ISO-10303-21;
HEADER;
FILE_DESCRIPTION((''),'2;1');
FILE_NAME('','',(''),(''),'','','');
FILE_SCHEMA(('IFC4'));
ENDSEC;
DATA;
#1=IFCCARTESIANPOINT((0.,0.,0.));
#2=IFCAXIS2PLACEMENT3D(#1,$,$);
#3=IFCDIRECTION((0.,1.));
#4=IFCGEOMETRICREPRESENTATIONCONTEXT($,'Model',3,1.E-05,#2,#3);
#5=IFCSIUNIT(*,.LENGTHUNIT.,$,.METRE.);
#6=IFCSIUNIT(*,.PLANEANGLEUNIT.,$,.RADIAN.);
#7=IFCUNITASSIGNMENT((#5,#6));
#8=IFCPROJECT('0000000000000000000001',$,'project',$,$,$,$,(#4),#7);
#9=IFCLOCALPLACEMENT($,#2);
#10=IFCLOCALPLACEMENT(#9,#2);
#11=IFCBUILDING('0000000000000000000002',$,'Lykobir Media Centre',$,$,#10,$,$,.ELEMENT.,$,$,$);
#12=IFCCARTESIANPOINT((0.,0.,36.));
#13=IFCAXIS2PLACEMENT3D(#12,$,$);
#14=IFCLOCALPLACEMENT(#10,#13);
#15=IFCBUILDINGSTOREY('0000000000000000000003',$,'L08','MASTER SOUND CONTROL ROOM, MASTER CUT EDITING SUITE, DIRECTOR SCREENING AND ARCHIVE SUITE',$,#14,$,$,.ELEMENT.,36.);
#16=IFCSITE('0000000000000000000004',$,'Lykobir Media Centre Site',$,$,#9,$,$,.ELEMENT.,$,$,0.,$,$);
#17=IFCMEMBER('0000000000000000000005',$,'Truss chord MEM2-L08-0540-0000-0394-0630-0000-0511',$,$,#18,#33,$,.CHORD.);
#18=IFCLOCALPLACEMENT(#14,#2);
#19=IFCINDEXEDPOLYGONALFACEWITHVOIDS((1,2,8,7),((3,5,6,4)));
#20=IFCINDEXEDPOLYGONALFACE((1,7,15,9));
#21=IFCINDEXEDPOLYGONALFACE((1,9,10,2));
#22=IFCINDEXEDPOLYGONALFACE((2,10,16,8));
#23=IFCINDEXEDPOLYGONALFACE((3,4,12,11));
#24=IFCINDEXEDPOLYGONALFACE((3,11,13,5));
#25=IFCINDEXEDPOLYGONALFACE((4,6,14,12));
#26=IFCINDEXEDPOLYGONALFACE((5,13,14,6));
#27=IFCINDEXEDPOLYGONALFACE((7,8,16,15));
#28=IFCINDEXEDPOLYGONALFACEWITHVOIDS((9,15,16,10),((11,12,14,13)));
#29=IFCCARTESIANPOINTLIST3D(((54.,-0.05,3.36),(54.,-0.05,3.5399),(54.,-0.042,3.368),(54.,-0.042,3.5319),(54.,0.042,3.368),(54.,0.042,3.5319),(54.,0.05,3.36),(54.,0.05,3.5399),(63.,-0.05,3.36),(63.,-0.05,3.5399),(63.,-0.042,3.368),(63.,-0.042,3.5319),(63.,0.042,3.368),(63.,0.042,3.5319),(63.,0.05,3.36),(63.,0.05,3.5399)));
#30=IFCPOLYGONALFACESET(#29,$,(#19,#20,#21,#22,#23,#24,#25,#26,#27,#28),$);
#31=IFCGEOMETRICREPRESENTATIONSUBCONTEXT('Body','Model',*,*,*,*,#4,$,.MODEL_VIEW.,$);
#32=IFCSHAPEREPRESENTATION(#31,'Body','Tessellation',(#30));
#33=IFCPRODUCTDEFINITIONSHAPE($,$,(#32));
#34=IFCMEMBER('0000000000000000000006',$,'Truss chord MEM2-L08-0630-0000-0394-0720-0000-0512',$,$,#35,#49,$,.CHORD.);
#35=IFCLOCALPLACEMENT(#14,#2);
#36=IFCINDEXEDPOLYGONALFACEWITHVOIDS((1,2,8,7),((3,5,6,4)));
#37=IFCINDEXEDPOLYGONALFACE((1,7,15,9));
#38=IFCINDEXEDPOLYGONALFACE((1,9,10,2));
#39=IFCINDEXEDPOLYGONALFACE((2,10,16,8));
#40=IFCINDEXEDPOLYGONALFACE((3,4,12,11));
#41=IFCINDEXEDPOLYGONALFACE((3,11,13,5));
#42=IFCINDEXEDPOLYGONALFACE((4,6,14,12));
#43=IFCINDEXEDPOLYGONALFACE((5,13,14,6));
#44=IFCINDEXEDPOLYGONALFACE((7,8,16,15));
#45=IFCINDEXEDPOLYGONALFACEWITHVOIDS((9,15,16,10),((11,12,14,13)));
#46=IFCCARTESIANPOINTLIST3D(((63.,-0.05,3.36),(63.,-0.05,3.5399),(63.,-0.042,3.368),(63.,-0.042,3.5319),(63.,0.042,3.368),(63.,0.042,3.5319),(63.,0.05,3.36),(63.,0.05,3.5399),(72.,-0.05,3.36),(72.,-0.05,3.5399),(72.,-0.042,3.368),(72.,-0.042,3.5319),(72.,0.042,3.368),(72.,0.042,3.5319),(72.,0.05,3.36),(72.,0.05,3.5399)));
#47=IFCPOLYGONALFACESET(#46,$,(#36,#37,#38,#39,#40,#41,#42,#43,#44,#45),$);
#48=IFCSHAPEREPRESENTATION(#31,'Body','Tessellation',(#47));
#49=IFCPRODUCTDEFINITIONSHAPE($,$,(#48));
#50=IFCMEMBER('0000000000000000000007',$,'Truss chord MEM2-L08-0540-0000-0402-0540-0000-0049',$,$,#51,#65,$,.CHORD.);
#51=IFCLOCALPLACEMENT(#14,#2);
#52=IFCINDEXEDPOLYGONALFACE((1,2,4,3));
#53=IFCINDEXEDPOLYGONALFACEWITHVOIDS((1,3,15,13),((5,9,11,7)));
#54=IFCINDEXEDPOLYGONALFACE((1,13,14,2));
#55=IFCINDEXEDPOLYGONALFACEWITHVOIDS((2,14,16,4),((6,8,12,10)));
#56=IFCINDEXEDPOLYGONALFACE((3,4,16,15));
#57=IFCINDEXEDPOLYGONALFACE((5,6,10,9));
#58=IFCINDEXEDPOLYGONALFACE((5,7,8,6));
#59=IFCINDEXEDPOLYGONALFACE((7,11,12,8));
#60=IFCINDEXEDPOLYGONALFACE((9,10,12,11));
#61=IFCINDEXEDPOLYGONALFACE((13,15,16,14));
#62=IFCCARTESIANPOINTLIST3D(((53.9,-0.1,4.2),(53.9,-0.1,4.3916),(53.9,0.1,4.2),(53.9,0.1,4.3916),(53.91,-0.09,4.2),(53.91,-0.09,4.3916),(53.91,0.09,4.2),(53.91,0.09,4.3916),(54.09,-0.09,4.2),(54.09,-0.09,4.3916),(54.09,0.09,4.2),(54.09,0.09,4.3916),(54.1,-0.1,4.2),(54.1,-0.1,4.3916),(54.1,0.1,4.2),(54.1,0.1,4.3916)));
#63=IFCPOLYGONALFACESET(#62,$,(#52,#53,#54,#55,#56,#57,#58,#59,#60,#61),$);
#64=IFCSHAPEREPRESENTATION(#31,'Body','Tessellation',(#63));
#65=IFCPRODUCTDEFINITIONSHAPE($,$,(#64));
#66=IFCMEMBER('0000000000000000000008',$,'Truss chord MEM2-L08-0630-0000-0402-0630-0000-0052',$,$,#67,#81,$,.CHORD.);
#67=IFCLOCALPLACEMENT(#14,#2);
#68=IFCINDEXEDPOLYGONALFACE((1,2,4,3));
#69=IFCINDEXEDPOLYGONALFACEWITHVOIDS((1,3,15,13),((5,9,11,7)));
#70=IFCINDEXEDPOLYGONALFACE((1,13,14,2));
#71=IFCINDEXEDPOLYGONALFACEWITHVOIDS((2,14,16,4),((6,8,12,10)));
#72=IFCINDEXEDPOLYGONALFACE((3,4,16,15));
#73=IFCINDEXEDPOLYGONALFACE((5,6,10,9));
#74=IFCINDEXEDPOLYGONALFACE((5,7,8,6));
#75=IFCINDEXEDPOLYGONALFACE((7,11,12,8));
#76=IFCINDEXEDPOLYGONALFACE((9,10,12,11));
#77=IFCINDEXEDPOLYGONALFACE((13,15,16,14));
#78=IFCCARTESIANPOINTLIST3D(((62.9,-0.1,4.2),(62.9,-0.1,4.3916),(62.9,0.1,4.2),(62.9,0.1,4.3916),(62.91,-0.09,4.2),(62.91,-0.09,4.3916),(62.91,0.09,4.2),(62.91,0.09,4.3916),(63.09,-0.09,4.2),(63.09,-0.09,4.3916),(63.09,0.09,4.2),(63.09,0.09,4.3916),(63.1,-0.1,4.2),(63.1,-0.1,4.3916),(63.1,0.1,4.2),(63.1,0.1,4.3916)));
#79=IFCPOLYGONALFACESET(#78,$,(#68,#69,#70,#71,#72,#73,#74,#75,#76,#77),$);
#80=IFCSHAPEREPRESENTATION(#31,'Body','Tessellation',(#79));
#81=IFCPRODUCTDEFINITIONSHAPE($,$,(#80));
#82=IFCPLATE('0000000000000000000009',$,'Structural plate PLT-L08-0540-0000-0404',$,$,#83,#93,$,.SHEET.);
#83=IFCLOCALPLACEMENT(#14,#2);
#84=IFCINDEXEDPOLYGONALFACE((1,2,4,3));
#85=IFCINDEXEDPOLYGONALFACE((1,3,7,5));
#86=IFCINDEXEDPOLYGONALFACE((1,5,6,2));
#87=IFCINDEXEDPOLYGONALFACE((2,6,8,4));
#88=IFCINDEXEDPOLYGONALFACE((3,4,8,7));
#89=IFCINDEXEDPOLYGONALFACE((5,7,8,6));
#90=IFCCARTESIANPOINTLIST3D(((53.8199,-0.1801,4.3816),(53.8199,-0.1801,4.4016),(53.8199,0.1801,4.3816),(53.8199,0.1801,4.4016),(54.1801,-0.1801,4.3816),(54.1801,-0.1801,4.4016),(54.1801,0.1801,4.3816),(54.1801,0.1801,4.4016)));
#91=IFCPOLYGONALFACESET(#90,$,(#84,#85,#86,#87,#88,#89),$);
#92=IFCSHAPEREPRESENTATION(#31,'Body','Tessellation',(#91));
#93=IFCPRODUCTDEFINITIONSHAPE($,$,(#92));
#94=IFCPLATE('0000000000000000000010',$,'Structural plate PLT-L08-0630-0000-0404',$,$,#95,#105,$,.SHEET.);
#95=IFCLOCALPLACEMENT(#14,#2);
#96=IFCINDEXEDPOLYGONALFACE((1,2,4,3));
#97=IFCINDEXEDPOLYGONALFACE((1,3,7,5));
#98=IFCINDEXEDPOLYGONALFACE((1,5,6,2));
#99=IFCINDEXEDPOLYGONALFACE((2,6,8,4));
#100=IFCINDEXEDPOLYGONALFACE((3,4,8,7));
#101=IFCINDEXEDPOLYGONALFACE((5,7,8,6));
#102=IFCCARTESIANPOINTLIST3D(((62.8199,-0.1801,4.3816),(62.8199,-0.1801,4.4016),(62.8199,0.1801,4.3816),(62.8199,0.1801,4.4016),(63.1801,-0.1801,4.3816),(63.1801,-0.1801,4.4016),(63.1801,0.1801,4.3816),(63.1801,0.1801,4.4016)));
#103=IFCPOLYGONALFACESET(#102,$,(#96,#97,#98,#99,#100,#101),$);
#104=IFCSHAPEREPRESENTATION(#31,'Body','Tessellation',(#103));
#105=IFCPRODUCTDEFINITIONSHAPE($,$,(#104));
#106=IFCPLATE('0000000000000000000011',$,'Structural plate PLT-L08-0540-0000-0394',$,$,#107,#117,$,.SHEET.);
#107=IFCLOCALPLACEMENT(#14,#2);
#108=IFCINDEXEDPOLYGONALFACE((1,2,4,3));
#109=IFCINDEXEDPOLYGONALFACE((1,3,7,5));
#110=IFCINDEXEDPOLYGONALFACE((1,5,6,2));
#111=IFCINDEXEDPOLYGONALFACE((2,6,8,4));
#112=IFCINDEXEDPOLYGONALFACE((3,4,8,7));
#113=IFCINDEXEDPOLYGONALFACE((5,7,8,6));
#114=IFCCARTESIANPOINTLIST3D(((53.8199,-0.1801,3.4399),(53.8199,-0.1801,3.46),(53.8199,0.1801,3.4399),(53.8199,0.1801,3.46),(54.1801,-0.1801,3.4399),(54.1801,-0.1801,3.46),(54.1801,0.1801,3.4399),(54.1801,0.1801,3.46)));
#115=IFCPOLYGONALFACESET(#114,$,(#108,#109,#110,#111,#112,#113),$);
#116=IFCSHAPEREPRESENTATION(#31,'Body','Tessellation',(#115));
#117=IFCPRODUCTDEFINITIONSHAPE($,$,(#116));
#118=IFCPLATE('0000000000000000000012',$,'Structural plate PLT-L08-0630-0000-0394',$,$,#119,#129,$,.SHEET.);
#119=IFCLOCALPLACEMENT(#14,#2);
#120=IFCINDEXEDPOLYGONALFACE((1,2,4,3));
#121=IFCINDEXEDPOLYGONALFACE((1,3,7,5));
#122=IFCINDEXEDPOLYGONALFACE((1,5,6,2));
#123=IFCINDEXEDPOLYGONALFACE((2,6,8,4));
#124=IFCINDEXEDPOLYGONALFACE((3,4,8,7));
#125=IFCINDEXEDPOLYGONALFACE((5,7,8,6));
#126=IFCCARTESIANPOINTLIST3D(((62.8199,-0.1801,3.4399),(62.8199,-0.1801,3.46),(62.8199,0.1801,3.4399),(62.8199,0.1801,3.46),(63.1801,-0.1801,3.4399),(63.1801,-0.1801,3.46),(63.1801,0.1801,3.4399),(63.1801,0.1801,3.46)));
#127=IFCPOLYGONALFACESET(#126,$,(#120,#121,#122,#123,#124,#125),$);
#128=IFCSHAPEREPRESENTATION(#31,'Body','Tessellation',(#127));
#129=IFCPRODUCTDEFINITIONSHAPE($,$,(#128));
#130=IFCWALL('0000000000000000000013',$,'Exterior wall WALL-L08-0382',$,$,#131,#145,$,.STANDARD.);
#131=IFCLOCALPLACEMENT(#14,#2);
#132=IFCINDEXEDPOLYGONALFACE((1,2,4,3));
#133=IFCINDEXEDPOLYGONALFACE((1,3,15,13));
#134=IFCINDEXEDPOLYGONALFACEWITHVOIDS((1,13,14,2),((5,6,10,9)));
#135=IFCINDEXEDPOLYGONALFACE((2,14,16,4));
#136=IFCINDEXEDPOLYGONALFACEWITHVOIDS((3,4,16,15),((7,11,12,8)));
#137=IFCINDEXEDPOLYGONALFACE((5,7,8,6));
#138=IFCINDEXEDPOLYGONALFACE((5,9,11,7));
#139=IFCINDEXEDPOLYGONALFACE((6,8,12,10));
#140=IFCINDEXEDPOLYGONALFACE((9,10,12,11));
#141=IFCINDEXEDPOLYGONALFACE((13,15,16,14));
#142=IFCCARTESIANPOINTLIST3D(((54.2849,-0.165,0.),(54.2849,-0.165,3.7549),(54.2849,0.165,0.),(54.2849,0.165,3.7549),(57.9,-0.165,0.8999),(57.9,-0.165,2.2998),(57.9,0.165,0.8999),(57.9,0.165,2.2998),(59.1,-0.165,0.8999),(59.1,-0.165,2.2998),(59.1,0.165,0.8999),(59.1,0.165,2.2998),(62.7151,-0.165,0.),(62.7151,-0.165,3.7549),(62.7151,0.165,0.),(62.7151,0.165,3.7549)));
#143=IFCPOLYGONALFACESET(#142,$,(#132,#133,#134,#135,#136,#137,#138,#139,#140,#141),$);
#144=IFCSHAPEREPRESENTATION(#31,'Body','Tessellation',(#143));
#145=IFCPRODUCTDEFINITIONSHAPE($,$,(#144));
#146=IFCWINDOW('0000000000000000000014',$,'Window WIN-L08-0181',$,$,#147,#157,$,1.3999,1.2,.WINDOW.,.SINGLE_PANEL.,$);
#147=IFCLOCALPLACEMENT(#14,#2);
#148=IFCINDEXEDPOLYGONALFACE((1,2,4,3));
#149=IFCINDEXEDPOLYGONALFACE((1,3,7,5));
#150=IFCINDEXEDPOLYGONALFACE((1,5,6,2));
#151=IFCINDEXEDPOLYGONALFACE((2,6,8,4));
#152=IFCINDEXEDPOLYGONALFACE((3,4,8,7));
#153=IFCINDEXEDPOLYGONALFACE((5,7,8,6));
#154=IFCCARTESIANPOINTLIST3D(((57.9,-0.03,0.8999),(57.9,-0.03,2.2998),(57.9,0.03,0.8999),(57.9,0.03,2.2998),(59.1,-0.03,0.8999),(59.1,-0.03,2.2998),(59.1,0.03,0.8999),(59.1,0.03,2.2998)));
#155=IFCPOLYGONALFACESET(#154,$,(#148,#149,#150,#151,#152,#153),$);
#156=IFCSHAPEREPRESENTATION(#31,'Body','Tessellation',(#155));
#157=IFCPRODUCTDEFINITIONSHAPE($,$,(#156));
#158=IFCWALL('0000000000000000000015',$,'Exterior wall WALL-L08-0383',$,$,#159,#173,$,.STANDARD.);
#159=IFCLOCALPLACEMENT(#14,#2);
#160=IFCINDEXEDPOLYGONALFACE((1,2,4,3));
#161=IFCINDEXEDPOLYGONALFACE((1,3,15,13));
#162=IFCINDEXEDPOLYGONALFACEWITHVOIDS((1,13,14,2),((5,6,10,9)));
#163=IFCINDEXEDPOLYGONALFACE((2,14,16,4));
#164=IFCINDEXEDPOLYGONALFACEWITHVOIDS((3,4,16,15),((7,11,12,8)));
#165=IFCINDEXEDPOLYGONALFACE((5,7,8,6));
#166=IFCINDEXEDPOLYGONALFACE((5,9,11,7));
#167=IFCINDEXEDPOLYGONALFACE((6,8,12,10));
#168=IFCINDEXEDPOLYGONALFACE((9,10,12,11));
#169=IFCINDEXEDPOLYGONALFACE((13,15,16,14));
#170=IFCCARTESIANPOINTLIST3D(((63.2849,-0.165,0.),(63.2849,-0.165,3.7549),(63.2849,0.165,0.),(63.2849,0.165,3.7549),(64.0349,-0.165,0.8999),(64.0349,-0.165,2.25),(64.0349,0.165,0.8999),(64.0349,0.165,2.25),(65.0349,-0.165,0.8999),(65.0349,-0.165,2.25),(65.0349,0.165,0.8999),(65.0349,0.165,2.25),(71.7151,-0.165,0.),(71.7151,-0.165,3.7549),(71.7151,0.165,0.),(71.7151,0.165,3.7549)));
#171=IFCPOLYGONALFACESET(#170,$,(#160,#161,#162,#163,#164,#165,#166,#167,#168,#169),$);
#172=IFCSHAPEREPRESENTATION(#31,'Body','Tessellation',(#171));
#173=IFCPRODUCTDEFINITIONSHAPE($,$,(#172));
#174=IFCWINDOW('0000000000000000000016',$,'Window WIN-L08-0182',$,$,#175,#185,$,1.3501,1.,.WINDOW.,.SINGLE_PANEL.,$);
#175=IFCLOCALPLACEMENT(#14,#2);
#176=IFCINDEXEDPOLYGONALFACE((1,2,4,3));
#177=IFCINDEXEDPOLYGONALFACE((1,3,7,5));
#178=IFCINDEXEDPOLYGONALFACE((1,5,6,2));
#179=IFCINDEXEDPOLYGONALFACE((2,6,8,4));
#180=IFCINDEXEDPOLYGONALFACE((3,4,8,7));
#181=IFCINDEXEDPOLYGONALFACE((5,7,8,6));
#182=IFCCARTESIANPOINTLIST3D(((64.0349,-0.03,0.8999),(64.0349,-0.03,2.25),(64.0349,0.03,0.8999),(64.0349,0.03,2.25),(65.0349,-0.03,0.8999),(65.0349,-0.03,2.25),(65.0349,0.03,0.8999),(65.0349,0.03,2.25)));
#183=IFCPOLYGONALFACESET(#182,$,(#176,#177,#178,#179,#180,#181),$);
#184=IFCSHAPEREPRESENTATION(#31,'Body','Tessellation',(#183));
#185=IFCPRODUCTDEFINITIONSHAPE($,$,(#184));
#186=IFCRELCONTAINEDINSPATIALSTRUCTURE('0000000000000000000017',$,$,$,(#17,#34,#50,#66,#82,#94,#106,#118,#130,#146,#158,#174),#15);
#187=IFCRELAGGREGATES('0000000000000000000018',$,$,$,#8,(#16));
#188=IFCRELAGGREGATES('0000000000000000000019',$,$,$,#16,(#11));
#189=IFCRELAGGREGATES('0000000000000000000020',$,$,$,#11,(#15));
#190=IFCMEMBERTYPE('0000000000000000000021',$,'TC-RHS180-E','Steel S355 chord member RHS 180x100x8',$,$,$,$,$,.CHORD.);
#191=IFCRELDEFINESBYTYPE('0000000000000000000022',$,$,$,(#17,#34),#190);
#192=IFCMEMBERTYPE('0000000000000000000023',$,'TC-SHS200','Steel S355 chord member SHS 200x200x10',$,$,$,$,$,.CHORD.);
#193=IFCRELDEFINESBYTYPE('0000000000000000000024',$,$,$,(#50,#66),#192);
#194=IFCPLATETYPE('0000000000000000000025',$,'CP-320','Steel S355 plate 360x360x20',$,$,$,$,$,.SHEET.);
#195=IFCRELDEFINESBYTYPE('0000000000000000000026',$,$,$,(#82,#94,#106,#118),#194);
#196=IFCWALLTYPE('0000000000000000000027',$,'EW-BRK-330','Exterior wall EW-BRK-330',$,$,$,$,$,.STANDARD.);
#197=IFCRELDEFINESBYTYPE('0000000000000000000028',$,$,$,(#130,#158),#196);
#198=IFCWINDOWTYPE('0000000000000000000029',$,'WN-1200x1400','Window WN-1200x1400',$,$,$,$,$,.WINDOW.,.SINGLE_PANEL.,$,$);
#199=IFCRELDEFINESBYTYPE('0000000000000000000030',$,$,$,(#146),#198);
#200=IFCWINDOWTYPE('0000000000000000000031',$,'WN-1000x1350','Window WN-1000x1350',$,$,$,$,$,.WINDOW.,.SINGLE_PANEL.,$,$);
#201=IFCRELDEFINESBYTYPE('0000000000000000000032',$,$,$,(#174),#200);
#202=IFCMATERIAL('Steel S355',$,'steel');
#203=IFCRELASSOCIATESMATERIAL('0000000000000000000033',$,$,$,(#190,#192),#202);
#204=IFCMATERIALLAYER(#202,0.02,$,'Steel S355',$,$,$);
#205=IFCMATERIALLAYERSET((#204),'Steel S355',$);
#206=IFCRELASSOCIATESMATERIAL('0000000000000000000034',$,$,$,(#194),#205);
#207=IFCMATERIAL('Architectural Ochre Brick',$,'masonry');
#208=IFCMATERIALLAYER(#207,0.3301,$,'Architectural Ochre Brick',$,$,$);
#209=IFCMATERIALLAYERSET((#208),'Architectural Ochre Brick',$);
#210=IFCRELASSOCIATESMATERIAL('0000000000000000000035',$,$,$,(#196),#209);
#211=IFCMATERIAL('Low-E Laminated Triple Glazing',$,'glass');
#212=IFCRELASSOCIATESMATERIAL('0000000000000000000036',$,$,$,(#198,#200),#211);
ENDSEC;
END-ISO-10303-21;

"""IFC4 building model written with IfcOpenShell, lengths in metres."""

from ifc_helpers import new_model, si_unit, direction, frame, frame_2d, origin, origin_2d, place, context, subcontext, project, spatial, rectangle, hollow_rectangle, extrude, material, layer, layer_set, material_profile, profile_set, type_object, element, fill, save


model = new_model("IFC4")

# Units and contexts
model_context = context("Model", 3, precision=1e-05, world=origin(), true_north=direction((0.0, 1.0)))
body_context = subcontext(model_context, "Body", "Model", "MODEL_VIEW")
ifc_project = project(units=[si_unit("LENGTHUNIT", "METRE"), si_unit("PLANEANGLEUNIT", "RADIAN")], contexts=[model_context])

# Site, building, storey
site_placement = place(None, origin())
site = spatial("IfcSite", under=ifc_project, at=site_placement, Name="Lykobir Media Centre Site", CompositionType="ELEMENT", RefElevation=0.0)
building_placement = place(site_placement, origin())
building = spatial("IfcBuilding", under=site, at=building_placement, Name="Lykobir Media Centre", CompositionType="ELEMENT")
storey_placement = place(building_placement, frame((0.0, 0.0, 36.0)))
storey = spatial("IfcBuildingStorey", under=building, at=storey_placement, Name="L08", Description="MASTER SOUND CONTROL ROOM, MASTER CUT EDITING SUITE, DIRECTOR SCREENING AND ARCHIVE SUITE", CompositionType="ELEMENT", Elevation=36.0)

# Shared definitions
ifc_material_1 = material(Name="Steel S355", Category="steel")

# Members
ifc_material_profile_1 = material_profile(ifc_material_1, hollow_rectangle(XDim=0.1001, YDim=0.1799, WallThickness=0.0081, at=origin_2d()), Name="RHS 180x100x8")
ifc_profile_set_1 = profile_set([ifc_material_profile_1], Name="Steel S355")
member_type_1 = type_object("IfcMemberType", Name="TC-RHS180-E", Description="Steel S355 chord member RHS 180x100x8", PredefinedType="CHORD", material=ifc_profile_set_1)
for number, where, z_axis, x_axis, name in (
    (1, (54.0, 0.0, 3.45), (1.0, 0.0, 0.0), (0.0, 1.0, 0.0), "Truss chord MEM2-L08-0540-0000-0394-0630-0000-0511"),
    (2, (63.0, 0.0, 3.45), (1.0, 0.0, 0.0), (0.0, 1.0, 0.0), "Truss chord MEM2-L08-0630-0000-0394-0720-0000-0512"),
):
    element("IfcMember", number, at=place(storey_placement, frame(where, z_axis=z_axis, x_axis=x_axis)), inside=storey, type_object=member_type_1, Name=name, PredefinedType="CHORD", context=body_context, shape_type="SweptSolid", body=[
        extrude(hollow_rectangle(XDim=0.1001, YDim=0.1799, WallThickness=0.0081, at=origin_2d()), origin(), (0.0, 0.0, 1.0), 9.0),
    ])
ifc_material_profile_2 = material_profile(ifc_material_1, hollow_rectangle(XDim=0.2, YDim=0.2, WallThickness=0.01, at=origin_2d()), Name="SHS 200x200x10")
ifc_profile_set_2 = profile_set([ifc_material_profile_2], Name="Steel S355")
member_type_2 = type_object("IfcMemberType", Name="TC-SHS200", Description="Steel S355 chord member SHS 200x200x10", PredefinedType="CHORD", material=ifc_profile_set_2)
for number, where, z_axis, x_axis, name in (
    (3, (54.0, 0.0, 4.2), (0.0, 0.0, 1.0), (1.0, 0.0, 0.0), "Truss chord MEM2-L08-0540-0000-0402-0540-0000-0049"),
    (4, (63.0, 0.0, 4.2), (0.0, 0.0, 1.0), (1.0, 0.0, 0.0), "Truss chord MEM2-L08-0630-0000-0402-0630-0000-0052"),
):
    element("IfcMember", number, at=place(storey_placement, frame(where, z_axis=z_axis, x_axis=x_axis)), inside=storey, type_object=member_type_2, Name=name, PredefinedType="CHORD", context=body_context, shape_type="SweptSolid", body=[
        extrude(hollow_rectangle(XDim=0.2, YDim=0.2, WallThickness=0.01, at=origin_2d()), origin(), (0.0, 0.0, 1.0), 0.1917),
    ])

# Plates
ifc_layer_1 = layer(ifc_material_1, 0.02, Name="Steel S355")
ifc_layer_set_1 = layer_set([ifc_layer_1], Name="Steel S355")
plate_type = type_object("IfcPlateType", Name="CP-320", Description="Steel S355 plate 360x360x20", PredefinedType="SHEET", material=ifc_layer_set_1)
for number, where, z_axis, x_axis, name in (
    (5, (54.0, 0.0, 4.3816), (0.0, 0.0, 1.0), (1.0, 0.0, 0.0), "Structural plate PLT-L08-0540-0000-0404"),
    (6, (63.0, 0.0, 4.3816), (0.0, 0.0, 1.0), (1.0, 0.0, 0.0), "Structural plate PLT-L08-0630-0000-0404"),
    (7, (54.0, 0.0, 3.4399), (0.0, 0.0, 1.0), (1.0, 0.0, 0.0), "Structural plate PLT-L08-0540-0000-0394"),
    (8, (63.0, 0.0, 3.4399), (0.0, 0.0, 1.0), (1.0, 0.0, 0.0), "Structural plate PLT-L08-0630-0000-0394"),
):
    element("IfcPlate", number, at=place(storey_placement, frame(where, z_axis=z_axis, x_axis=x_axis)), inside=storey, type_object=plate_type, Name=name, PredefinedType="SHEET", context=body_context, shape_type="SweptSolid", body=[
        extrude(rectangle(XDim=0.3601, YDim=0.3601, at=origin_2d()), origin(), (0.0, 0.0, 1.0), 0.02),
    ])

# Walls, openings, windows
ifc_material_2 = material(Name="Architectural Ochre Brick", Category="masonry")
ifc_layer_2 = layer(ifc_material_2, 0.3301, Name="Architectural Ochre Brick")
ifc_layer_set_2 = layer_set([ifc_layer_2], Name="Architectural Ochre Brick")
wall_type_1 = type_object("IfcWallType", Name="EW-BRK-330", Description="Exterior wall EW-BRK-330", PredefinedType="STANDARD", material=ifc_layer_set_2)
wall_1_placement = place(storey_placement, frame((54.2849, 0.0, 0.0), z_axis=(0.0, 0.0, 1.0), x_axis=(1.0, 0.0, 0.0)))
wall_1 = element("IfcWall", 9, at=wall_1_placement, inside=storey, type_object=wall_type_1, Name="Exterior wall WALL-L08-0382", PredefinedType="STANDARD", context=body_context, shape_type="SweptSolid", body=[
    extrude(rectangle(XDim=8.4302, YDim=0.3301, at=frame_2d((4.2151, 0.0))), origin(), (0.0, 0.0, 1.0), 3.7549),
])
opening_1_placement = place(wall_1_placement, frame((3.615, 0.0, 0.8999)))
opening_1 = element("IfcOpeningElement", 10, at=opening_1_placement, cuts=wall_1, PredefinedType="OPENING", context=body_context, shape_type="SweptSolid", body=[
    extrude(rectangle(XDim=1.2, YDim=1.3999, at=frame_2d((0.6001, 0.7))), frame((0.0, 0.175, 0.0), z_axis=(0.0, -1.0, 0.0), x_axis=(1.0, 0.0, 0.0)), (0.0, 0.0, 1.0), 0.3501),
])
ifc_material_3 = material(Name="Low-E Laminated Triple Glazing", Category="glass")
window_type_1 = type_object("IfcWindowType", Name="WN-1200x1400", Description="Window WN-1200x1400", PartitioningType="SINGLE_PANEL", PredefinedType="WINDOW", material=ifc_material_3)
window_1_placement = place(opening_1_placement, origin())
window_1 = element("IfcWindow", 11, at=window_1_placement, inside=storey, type_object=window_type_1, Name="Window WIN-L08-0181", OverallHeight=1.3999, OverallWidth=1.2, PartitioningType="SINGLE_PANEL", PredefinedType="WINDOW", context=body_context, shape_type="SweptSolid", body=[
    extrude(rectangle(XDim=1.2, YDim=1.3999, at=frame_2d((0.6001, 0.7))), frame((0.0, 0.03, 0.0), z_axis=(0.0, -1.0, 0.0), x_axis=(1.0, 0.0, 0.0)), (0.0, 0.0, 1.0), 0.0601),
])
fill(opening_1, window_1)
wall_2_placement = place(storey_placement, frame((63.2849, 0.0, 0.0), z_axis=(0.0, 0.0, 1.0), x_axis=(1.0, 0.0, 0.0)))
wall_2 = element("IfcWall", 12, at=wall_2_placement, inside=storey, type_object=wall_type_1, Name="Exterior wall WALL-L08-0383", PredefinedType="STANDARD", context=body_context, shape_type="SweptSolid", body=[
    extrude(rectangle(XDim=8.4302, YDim=0.3301, at=frame_2d((4.2151, 0.0))), origin(), (0.0, 0.0, 1.0), 3.7549),
])
opening_2_placement = place(wall_2_placement, frame((0.75, 0.0, 0.8999)))
opening_2 = element("IfcOpeningElement", 13, at=opening_2_placement, cuts=wall_2, PredefinedType="OPENING", context=body_context, shape_type="SweptSolid", body=[
    extrude(rectangle(XDim=1.0, YDim=1.3501, at=frame_2d((0.5, 0.675))), frame((0.0, 0.175, 0.0), z_axis=(0.0, -1.0, 0.0), x_axis=(1.0, 0.0, 0.0)), (0.0, 0.0, 1.0), 0.3501),
])
window_type_2 = type_object("IfcWindowType", Name="WN-1000x1350", Description="Window WN-1000x1350", PartitioningType="SINGLE_PANEL", PredefinedType="WINDOW", material=ifc_material_3)
window_2_placement = place(opening_2_placement, origin())
window_2 = element("IfcWindow", 14, at=window_2_placement, inside=storey, type_object=window_type_2, Name="Window WIN-L08-0182", OverallHeight=1.3501, OverallWidth=1.0, PartitioningType="SINGLE_PANEL", PredefinedType="WINDOW", context=body_context, shape_type="SweptSolid", body=[
    extrude(rectangle(XDim=1.0, YDim=1.3501, at=frame_2d((0.5, 0.675))), frame((0.0, 0.03, 0.0), z_axis=(0.0, -1.0, 0.0), x_axis=(1.0, 0.0, 0.0)), (0.0, 0.0, 1.0), 0.0601),
])
fill(opening_2, window_2)

save(model, "model.ifc")
